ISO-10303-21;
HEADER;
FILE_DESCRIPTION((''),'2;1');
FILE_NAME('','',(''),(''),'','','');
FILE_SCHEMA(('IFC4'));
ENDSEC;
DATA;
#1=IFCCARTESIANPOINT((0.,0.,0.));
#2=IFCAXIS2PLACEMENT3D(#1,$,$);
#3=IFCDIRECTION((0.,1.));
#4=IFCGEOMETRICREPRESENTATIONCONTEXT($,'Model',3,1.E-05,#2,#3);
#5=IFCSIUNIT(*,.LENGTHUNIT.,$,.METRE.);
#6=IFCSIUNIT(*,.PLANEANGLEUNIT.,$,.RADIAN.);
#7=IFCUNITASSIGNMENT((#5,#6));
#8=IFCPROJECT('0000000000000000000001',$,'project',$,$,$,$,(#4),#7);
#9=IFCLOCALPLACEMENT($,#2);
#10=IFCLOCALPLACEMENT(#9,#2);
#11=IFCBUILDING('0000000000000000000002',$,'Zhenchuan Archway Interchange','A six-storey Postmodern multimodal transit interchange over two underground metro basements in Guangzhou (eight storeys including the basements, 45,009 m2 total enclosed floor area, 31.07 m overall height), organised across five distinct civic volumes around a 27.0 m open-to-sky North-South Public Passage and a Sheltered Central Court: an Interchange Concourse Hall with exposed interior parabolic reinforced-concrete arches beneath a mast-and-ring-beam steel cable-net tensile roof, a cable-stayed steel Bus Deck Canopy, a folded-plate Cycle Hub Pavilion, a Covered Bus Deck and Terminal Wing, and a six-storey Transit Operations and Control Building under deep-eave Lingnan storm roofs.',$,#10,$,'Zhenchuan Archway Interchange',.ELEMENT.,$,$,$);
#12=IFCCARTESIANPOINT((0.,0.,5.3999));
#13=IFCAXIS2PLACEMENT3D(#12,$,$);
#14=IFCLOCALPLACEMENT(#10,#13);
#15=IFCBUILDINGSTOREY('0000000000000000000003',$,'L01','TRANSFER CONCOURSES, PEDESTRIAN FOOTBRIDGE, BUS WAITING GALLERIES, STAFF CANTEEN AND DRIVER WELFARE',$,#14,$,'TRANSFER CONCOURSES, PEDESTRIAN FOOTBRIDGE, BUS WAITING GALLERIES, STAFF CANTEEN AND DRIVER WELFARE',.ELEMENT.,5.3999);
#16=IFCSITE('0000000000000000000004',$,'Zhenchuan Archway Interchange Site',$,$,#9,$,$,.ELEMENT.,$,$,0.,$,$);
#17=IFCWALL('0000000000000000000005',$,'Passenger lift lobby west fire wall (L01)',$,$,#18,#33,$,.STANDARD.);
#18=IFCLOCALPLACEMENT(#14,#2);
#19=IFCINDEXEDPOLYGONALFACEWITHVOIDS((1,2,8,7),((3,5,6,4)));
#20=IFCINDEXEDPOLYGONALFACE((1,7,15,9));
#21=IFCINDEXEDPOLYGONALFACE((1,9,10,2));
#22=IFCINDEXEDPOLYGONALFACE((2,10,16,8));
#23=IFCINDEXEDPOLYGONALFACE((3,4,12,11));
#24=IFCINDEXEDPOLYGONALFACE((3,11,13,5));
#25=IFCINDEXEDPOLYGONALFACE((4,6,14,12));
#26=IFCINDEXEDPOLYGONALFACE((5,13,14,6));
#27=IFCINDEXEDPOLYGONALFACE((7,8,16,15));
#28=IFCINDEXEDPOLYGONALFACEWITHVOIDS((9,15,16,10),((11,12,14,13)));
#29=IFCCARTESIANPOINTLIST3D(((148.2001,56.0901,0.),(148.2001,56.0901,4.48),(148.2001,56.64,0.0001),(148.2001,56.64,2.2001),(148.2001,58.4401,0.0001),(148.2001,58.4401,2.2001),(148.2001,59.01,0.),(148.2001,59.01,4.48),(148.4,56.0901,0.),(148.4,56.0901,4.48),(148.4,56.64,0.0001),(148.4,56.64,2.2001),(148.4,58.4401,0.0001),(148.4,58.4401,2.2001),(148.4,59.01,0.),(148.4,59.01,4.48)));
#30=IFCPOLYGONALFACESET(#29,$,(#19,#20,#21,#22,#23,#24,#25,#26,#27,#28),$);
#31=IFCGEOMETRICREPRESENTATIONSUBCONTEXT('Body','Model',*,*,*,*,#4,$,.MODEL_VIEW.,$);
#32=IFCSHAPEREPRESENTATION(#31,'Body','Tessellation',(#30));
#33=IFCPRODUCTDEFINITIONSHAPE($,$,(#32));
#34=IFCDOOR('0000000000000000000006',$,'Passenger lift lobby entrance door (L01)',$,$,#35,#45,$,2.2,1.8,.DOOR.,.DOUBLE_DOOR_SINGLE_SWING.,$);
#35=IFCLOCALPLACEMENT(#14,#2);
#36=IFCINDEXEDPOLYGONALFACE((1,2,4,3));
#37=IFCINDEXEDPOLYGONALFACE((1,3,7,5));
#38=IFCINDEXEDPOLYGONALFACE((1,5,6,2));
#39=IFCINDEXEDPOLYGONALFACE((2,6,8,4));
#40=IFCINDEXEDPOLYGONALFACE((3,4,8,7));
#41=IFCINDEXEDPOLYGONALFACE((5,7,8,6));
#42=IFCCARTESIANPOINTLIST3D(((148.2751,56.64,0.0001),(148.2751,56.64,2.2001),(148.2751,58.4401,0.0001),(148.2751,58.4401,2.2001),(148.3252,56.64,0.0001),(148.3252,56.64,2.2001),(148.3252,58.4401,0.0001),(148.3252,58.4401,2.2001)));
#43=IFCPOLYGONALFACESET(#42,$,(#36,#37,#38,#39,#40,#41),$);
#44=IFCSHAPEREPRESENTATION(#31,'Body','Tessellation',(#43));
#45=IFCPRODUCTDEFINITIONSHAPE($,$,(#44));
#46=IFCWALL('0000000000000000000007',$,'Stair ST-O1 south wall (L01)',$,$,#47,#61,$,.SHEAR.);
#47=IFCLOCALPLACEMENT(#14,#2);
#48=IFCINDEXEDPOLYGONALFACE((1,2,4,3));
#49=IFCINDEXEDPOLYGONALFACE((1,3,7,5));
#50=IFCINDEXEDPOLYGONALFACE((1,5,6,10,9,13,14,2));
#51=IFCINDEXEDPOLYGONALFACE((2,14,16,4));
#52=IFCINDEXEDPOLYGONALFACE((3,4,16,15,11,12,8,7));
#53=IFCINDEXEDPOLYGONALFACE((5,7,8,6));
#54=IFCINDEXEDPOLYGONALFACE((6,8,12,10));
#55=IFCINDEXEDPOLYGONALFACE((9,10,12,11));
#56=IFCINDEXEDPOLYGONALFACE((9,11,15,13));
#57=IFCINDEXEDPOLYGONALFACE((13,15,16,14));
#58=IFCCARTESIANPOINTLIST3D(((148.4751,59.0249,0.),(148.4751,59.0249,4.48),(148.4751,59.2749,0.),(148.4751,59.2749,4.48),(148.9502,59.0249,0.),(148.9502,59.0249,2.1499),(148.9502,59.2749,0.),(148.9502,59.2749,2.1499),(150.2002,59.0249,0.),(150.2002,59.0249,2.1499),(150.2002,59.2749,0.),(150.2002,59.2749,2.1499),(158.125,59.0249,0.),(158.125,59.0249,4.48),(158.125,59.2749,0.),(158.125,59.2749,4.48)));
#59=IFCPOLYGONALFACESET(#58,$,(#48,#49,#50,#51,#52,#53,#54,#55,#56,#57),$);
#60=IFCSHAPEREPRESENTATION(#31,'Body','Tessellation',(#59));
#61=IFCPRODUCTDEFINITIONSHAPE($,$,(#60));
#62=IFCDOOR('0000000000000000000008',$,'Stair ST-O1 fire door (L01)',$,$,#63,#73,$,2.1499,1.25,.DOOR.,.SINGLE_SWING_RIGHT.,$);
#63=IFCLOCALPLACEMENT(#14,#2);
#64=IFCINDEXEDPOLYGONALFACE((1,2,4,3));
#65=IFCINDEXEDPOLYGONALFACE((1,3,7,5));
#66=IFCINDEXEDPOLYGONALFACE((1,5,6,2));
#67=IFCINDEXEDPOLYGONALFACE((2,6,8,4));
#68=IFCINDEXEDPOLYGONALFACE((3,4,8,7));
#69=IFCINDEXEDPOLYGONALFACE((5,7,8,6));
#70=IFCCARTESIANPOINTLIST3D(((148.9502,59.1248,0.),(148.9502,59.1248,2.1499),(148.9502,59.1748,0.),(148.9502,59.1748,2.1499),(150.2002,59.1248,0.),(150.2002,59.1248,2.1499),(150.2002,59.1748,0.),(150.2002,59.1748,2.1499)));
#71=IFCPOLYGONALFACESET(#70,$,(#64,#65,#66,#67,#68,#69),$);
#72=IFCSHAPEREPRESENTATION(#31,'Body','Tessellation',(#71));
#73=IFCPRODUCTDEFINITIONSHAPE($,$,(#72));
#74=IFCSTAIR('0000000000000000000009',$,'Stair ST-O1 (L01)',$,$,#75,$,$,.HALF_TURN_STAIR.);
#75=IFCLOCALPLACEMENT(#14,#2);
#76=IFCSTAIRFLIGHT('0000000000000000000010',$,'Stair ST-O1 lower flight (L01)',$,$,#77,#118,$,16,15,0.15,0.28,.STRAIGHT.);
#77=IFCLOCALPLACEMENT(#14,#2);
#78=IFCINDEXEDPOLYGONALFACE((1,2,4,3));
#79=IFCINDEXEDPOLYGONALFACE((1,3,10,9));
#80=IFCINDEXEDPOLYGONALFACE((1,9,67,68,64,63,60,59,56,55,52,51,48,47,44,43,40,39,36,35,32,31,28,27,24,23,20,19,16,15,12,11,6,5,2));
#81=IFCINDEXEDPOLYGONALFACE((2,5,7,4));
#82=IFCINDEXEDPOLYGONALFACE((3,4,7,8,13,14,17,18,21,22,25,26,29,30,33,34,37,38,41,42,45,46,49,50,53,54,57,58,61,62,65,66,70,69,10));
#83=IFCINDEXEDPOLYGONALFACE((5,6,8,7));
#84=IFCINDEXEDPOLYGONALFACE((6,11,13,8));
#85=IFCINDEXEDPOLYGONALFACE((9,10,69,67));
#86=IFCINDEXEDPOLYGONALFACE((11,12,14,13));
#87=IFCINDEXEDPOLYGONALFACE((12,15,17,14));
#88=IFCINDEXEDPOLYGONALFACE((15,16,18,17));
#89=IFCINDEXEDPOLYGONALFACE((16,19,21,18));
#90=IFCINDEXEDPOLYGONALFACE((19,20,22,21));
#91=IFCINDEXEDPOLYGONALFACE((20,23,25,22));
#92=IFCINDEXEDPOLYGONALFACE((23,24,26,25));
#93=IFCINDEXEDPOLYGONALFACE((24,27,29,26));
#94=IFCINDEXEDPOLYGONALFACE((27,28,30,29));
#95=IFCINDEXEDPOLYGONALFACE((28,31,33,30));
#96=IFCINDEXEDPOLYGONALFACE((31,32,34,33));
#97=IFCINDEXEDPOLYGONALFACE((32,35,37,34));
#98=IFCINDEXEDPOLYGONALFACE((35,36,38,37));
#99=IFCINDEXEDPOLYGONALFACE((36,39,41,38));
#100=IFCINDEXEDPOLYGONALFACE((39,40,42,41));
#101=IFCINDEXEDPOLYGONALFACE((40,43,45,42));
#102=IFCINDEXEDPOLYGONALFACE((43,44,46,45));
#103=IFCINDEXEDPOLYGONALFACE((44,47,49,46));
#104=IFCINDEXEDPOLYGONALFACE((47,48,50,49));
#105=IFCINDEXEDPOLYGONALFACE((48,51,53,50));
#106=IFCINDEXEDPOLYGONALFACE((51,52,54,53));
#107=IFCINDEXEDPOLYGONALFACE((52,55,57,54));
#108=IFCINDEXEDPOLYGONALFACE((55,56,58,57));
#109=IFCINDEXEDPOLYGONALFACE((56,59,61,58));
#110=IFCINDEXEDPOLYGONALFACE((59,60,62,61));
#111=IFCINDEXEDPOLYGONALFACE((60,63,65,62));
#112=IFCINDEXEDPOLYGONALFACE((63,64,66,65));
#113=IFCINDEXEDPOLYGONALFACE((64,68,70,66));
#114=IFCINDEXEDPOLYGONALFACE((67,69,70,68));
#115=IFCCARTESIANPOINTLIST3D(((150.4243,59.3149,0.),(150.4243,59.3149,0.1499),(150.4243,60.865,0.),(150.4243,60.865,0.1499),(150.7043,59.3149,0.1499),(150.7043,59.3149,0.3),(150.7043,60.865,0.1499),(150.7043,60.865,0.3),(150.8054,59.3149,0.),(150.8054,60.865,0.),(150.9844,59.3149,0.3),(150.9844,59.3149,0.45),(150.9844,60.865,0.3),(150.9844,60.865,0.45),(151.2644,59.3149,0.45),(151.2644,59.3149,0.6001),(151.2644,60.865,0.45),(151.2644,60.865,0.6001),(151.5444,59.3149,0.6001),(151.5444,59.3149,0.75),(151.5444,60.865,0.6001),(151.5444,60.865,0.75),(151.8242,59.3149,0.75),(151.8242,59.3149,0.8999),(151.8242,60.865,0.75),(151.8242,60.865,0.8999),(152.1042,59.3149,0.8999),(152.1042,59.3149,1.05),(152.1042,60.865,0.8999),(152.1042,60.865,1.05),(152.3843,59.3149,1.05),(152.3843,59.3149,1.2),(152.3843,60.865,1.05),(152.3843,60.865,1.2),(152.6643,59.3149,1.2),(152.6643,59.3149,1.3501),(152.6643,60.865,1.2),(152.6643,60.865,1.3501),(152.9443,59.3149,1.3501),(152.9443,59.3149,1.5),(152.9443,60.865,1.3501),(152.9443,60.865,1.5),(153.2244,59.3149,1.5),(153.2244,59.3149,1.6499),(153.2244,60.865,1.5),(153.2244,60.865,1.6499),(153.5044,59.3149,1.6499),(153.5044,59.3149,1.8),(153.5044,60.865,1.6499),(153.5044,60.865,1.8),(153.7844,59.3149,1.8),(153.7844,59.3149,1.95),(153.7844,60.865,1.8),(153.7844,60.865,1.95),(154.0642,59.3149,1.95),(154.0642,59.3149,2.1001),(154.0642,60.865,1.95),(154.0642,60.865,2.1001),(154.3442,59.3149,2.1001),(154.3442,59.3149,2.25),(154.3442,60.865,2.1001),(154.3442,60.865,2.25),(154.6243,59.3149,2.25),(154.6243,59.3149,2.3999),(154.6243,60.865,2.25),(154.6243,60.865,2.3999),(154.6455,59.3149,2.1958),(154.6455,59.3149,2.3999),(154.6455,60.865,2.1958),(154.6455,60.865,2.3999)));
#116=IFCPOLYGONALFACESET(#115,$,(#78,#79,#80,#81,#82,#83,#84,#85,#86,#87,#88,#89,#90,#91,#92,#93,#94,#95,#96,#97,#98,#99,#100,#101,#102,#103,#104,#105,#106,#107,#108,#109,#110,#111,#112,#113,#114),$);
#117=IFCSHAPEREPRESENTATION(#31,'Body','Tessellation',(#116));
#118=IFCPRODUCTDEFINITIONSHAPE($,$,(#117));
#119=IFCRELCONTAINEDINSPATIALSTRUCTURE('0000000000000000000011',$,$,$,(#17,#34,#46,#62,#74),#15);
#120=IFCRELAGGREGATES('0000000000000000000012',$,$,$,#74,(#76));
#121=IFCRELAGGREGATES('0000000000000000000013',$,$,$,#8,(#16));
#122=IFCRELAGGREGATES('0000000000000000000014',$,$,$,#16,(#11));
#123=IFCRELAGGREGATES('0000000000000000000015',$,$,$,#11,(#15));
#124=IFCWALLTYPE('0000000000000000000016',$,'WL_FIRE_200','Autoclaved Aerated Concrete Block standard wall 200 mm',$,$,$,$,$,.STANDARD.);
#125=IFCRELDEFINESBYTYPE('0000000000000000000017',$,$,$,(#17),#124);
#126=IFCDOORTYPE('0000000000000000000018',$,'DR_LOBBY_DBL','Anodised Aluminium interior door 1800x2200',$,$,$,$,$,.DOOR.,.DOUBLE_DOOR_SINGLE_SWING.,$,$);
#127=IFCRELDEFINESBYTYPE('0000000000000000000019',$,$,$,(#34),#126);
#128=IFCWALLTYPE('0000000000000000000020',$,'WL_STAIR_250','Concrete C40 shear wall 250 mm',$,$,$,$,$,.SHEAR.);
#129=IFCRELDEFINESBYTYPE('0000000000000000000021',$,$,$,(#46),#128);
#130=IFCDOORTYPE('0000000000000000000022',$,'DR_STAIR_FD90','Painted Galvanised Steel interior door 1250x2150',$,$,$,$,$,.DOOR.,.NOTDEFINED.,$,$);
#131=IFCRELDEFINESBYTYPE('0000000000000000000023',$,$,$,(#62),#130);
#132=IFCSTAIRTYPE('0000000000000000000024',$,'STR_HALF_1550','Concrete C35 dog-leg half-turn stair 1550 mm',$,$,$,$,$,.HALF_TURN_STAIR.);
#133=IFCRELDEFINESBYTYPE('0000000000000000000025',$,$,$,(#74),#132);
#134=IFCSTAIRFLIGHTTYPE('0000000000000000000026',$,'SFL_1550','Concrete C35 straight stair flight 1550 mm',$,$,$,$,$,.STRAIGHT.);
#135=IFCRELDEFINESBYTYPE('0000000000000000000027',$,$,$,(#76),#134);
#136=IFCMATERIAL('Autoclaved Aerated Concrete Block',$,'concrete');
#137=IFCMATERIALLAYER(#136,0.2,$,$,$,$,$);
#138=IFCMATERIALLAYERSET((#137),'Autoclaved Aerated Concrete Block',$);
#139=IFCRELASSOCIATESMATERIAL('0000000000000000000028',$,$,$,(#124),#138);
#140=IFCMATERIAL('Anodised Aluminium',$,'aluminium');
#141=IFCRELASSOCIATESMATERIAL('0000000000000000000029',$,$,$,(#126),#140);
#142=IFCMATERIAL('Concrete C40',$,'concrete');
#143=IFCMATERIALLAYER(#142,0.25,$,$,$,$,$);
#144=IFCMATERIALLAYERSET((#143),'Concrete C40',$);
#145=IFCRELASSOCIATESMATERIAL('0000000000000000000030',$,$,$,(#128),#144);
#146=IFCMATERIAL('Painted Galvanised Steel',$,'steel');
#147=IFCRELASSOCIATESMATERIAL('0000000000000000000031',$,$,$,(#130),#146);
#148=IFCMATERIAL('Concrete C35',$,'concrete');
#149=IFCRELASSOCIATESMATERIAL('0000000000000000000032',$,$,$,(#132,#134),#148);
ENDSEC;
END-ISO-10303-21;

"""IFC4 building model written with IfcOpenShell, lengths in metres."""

from ifc_helpers import new_model, si_unit, direction, frame, frame_2d, origin, place, context, subcontext, project, spatial, polyline, rectangle, outline, extrude, material, layer, layer_set, type_object, element, fill, aggregate, save


model = new_model("IFC4")

# Units and contexts
model_context = context("Model", 3, precision=1e-05, world=origin(), true_north=direction((0.0, 1.0)))
body_context = subcontext(model_context, "Body", "Model", "MODEL_VIEW")
ifc_project = project(units=[si_unit("LENGTHUNIT", "METRE"), si_unit("PLANEANGLEUNIT", "RADIAN")], contexts=[model_context])

# Site, building, storey
site_placement = place(None, origin())
site = spatial("IfcSite", under=ifc_project, at=site_placement, Name="Zhenchuan Archway Interchange Site", CompositionType="ELEMENT", RefElevation=0.0)
building_placement = place(site_placement, origin())
building = spatial("IfcBuilding", under=site, at=building_placement, Name="Zhenchuan Archway Interchange", Description="A six-storey Postmodern multimodal transit interchange over two underground metro basements in Guangzhou (eight storeys including the basements, 45,009 m2 total enclosed floor area, 31.07 m overall height), organised across five distinct civic volumes around a 27.0 m open-to-sky North-South Public Passage and a Sheltered Central Court: an Interchange Concourse Hall with exposed interior parabolic reinforced-concrete arches beneath a mast-and-ring-beam steel cable-net tensile roof, a cable-stayed steel Bus Deck Canopy, a folded-plate Cycle Hub Pavilion, a Covered Bus Deck and Terminal Wing, and a six-storey Transit Operations and Control Building under deep-eave Lingnan storm roofs.", LongName="Zhenchuan Archway Interchange", CompositionType="ELEMENT")
storey_placement = place(building_placement, frame((0.0, 0.0, 5.3999)))
storey = spatial("IfcBuildingStorey", under=building, at=storey_placement, Name="L01", Description="TRANSFER CONCOURSES, PEDESTRIAN FOOTBRIDGE, BUS WAITING GALLERIES, STAFF CANTEEN AND DRIVER WELFARE", LongName="TRANSFER CONCOURSES, PEDESTRIAN FOOTBRIDGE, BUS WAITING GALLERIES, STAFF CANTEEN AND DRIVER WELFARE", CompositionType="ELEMENT", Elevation=5.3999)

# Shared definitions
ifc_material_1 = material(Name="Anodised Aluminium", Category="aluminium")

# Shared definitions
ifc_material_2 = material(Name="Concrete C40", Category="concrete")

# Walls, openings, doors
ifc_material_3 = material(Name="Autoclaved Aerated Concrete Block", Category="concrete")
ifc_layer_1 = layer(ifc_material_3, 0.2)
ifc_layer_set_1 = layer_set([ifc_layer_1], Name="Autoclaved Aerated Concrete Block")
wall_type_1 = type_object("IfcWallType", Name="WL_FIRE_200", Description="Autoclaved Aerated Concrete Block standard wall 200 mm", PredefinedType="STANDARD", material=ifc_layer_set_1)
wall_1_placement = place(storey_placement, frame((148.3, 56.0901, 0.0), z_axis=(0.0, 0.0, 1.0), x_axis=(0.0, 1.0, 0.0)))
wall_1 = element("IfcWall", 1, at=wall_1_placement, inside=storey, type_object=wall_type_1, Name="Passenger lift lobby west fire wall (L01)", PredefinedType="STANDARD", context=body_context, shape_type="SweptSolid", body=[
    extrude(rectangle(XDim=2.9199, YDim=0.2, at=frame_2d((1.46, 0.0))), origin(), (0.0, 0.0, 1.0), 4.48),
])
opening_1_placement = place(wall_1_placement, frame((0.55, 0.0, 0.0)))
opening_1 = element("IfcOpeningElement", 2, at=opening_1_placement, cuts=wall_1, PredefinedType="OPENING", context=body_context, shape_type="SweptSolid", body=[
    extrude(rectangle(XDim=1.8, YDim=2.2, at=frame_2d((0.8999, 1.1001))), frame((0.0, 0.1118, 0.0), z_axis=(0.0, -1.0, 0.0), x_axis=(1.0, 0.0, 0.0)), (0.0, 0.0, 1.0), 0.2239),
])
door_type_1 = type_object("IfcDoorType", Name="DR_LOBBY_DBL", Description="Anodised Aluminium interior door 1800x2200", OperationType="DOUBLE_DOOR_SINGLE_SWING", PredefinedType="DOOR", material=ifc_material_1)
door_1_placement = place(opening_1_placement, origin())
door_1 = element("IfcDoor", 3, at=door_1_placement, inside=storey, type_object=door_type_1, Name="Passenger lift lobby entrance door (L01)", OperationType="DOUBLE_DOOR_SINGLE_SWING", OverallHeight=2.2, OverallWidth=1.8, PredefinedType="DOOR", context=body_context, shape_type="SweptSolid", body=[
    extrude(rectangle(XDim=1.8, YDim=2.2, at=frame_2d((0.8999, 1.1001))), frame((0.0, 0.0249, 0.0), z_axis=(0.0, -1.0, 0.0), x_axis=(1.0, 0.0, 0.0)), (0.0, 0.0, 1.0), 0.05),
])
fill(opening_1, door_1)
ifc_layer_2 = layer(ifc_material_2, 0.25)
ifc_layer_set_2 = layer_set([ifc_layer_2], Name="Concrete C40")
wall_type_2 = type_object("IfcWallType", Name="WL_STAIR_250", Description="Concrete C40 shear wall 250 mm", PredefinedType="SHEAR", material=ifc_layer_set_2)
wall_2_placement = place(storey_placement, frame((148.4751, 59.1499, 0.0), z_axis=(0.0, 0.0, 1.0), x_axis=(1.0, 0.0, 0.0)))
wall_2 = element("IfcWall", 4, at=wall_2_placement, inside=storey, type_object=wall_type_2, Name="Stair ST-O1 south wall (L01)", PredefinedType="SHEAR", context=body_context, shape_type="SweptSolid", body=[
    extrude(rectangle(XDim=9.6499, YDim=0.25, at=frame_2d((4.825, 0.0))), origin(), (0.0, 0.0, 1.0), 4.48),
])
opening_2_placement = place(wall_2_placement, frame((0.4751, 0.0, 0.0)))
opening_2 = element("IfcOpeningElement", 5, at=opening_2_placement, cuts=wall_2, PredefinedType="OPENING", context=body_context, shape_type="SweptSolid", body=[
    extrude(rectangle(XDim=1.25, YDim=2.1499, at=frame_2d((0.625, 1.075))), frame((0.0, 0.137, 0.0), z_axis=(0.0, -1.0, 0.0), x_axis=(1.0, 0.0, 0.0)), (0.0, 0.0, 1.0), 0.2739),
])
ifc_material_4 = material(Name="Painted Galvanised Steel", Category="steel")
door_type_2 = type_object("IfcDoorType", Name="DR_STAIR_FD90", Description="Painted Galvanised Steel interior door 1250x2150", OperationType="NOTDEFINED", PredefinedType="DOOR", material=ifc_material_4)
door_2_placement = place(opening_2_placement, origin())
door_2 = element("IfcDoor", 6, at=door_2_placement, inside=storey, type_object=door_type_2, Name="Stair ST-O1 fire door (L01)", OperationType="SINGLE_SWING_RIGHT", OverallHeight=2.1499, OverallWidth=1.25, PredefinedType="DOOR", context=body_context, shape_type="SweptSolid", body=[
    extrude(rectangle(XDim=1.25, YDim=2.1499, at=frame_2d((0.625, 1.075))), frame((0.0, 0.0249, 0.0), z_axis=(0.0, -1.0, 0.0), x_axis=(1.0, 0.0, 0.0)), (0.0, 0.0, 1.0), 0.05),
])
fill(opening_2, door_2)

# Stair, stair flight
ifc_material_5 = material(Name="Concrete C35", Category="concrete")
stair_type = type_object("IfcStairType", Name="STR_HALF_1550", Description="Concrete C35 dog-leg half-turn stair 1550 mm", PredefinedType="HALF_TURN_STAIR", material=ifc_material_5)
stair_placement = place(storey_placement, origin())
stair = element("IfcStair", 7, at=stair_placement, inside=storey, type_object=stair_type, Name="Stair ST-O1 (L01)", PredefinedType="HALF_TURN_STAIR")
stair_flight_type = type_object("IfcStairFlightType", Name="SFL_1550", Description="Concrete C35 straight stair flight 1550 mm", PredefinedType="STRAIGHT", material=ifc_material_5)
stair_flight_placement = place(storey_placement, frame((150.4243, 60.0901, 0.0), z_axis=(0.0, 0.0, 1.0), x_axis=(1.0, 0.0, 0.0)))
stair_flight = element("IfcStairFlight", 8, at=stair_flight_placement, type_object=stair_flight_type, Name="Stair ST-O1 lower flight (L01)", NumberOfRisers=16, NumberOfTreads=15, PredefinedType="STRAIGHT", RiserHeight=0.15, TreadLength=0.28, context=body_context, shape_type="SweptSolid", body=[
    extrude(outline(polyline([(0.0, 0.0), (0.0, 0.1499), (0.28, 0.1499), (0.28, 0.3), (0.5601, 0.3), (0.5601, 0.45), (0.8401, 0.45), (0.8401, 0.6001), (1.1201, 0.6001), (1.1201, 0.75), (1.3999, 0.75), (1.3999, 0.8999), (1.6799, 0.8999), (1.6799, 1.05), (1.96, 1.05), (1.96, 1.2), (2.24, 1.2), (2.24, 1.3501), (2.52, 1.3501), (2.52, 1.5), (2.8, 1.5), (2.8, 1.6499), (3.0801, 1.6499), (3.0801, 1.8), (3.3601, 1.8), (3.3601, 1.95), (3.6399, 1.95), (3.6399, 2.1001), (3.9199, 2.1001), (3.9199, 2.25), (4.2, 2.25), (4.2, 2.3999), (4.2212, 2.3999), (4.2212, 2.1958), (0.3811, 0.0), (0.0, 0.0)])), frame((0.0, 0.7749, 0.0), z_axis=(0.0, -1.0, 0.0), x_axis=(1.0, 0.0, 0.0)), (0.0, 0.0, 1.0), 1.55),
])
aggregate(stair, [stair_flight])

save(model, "model.ifc")
